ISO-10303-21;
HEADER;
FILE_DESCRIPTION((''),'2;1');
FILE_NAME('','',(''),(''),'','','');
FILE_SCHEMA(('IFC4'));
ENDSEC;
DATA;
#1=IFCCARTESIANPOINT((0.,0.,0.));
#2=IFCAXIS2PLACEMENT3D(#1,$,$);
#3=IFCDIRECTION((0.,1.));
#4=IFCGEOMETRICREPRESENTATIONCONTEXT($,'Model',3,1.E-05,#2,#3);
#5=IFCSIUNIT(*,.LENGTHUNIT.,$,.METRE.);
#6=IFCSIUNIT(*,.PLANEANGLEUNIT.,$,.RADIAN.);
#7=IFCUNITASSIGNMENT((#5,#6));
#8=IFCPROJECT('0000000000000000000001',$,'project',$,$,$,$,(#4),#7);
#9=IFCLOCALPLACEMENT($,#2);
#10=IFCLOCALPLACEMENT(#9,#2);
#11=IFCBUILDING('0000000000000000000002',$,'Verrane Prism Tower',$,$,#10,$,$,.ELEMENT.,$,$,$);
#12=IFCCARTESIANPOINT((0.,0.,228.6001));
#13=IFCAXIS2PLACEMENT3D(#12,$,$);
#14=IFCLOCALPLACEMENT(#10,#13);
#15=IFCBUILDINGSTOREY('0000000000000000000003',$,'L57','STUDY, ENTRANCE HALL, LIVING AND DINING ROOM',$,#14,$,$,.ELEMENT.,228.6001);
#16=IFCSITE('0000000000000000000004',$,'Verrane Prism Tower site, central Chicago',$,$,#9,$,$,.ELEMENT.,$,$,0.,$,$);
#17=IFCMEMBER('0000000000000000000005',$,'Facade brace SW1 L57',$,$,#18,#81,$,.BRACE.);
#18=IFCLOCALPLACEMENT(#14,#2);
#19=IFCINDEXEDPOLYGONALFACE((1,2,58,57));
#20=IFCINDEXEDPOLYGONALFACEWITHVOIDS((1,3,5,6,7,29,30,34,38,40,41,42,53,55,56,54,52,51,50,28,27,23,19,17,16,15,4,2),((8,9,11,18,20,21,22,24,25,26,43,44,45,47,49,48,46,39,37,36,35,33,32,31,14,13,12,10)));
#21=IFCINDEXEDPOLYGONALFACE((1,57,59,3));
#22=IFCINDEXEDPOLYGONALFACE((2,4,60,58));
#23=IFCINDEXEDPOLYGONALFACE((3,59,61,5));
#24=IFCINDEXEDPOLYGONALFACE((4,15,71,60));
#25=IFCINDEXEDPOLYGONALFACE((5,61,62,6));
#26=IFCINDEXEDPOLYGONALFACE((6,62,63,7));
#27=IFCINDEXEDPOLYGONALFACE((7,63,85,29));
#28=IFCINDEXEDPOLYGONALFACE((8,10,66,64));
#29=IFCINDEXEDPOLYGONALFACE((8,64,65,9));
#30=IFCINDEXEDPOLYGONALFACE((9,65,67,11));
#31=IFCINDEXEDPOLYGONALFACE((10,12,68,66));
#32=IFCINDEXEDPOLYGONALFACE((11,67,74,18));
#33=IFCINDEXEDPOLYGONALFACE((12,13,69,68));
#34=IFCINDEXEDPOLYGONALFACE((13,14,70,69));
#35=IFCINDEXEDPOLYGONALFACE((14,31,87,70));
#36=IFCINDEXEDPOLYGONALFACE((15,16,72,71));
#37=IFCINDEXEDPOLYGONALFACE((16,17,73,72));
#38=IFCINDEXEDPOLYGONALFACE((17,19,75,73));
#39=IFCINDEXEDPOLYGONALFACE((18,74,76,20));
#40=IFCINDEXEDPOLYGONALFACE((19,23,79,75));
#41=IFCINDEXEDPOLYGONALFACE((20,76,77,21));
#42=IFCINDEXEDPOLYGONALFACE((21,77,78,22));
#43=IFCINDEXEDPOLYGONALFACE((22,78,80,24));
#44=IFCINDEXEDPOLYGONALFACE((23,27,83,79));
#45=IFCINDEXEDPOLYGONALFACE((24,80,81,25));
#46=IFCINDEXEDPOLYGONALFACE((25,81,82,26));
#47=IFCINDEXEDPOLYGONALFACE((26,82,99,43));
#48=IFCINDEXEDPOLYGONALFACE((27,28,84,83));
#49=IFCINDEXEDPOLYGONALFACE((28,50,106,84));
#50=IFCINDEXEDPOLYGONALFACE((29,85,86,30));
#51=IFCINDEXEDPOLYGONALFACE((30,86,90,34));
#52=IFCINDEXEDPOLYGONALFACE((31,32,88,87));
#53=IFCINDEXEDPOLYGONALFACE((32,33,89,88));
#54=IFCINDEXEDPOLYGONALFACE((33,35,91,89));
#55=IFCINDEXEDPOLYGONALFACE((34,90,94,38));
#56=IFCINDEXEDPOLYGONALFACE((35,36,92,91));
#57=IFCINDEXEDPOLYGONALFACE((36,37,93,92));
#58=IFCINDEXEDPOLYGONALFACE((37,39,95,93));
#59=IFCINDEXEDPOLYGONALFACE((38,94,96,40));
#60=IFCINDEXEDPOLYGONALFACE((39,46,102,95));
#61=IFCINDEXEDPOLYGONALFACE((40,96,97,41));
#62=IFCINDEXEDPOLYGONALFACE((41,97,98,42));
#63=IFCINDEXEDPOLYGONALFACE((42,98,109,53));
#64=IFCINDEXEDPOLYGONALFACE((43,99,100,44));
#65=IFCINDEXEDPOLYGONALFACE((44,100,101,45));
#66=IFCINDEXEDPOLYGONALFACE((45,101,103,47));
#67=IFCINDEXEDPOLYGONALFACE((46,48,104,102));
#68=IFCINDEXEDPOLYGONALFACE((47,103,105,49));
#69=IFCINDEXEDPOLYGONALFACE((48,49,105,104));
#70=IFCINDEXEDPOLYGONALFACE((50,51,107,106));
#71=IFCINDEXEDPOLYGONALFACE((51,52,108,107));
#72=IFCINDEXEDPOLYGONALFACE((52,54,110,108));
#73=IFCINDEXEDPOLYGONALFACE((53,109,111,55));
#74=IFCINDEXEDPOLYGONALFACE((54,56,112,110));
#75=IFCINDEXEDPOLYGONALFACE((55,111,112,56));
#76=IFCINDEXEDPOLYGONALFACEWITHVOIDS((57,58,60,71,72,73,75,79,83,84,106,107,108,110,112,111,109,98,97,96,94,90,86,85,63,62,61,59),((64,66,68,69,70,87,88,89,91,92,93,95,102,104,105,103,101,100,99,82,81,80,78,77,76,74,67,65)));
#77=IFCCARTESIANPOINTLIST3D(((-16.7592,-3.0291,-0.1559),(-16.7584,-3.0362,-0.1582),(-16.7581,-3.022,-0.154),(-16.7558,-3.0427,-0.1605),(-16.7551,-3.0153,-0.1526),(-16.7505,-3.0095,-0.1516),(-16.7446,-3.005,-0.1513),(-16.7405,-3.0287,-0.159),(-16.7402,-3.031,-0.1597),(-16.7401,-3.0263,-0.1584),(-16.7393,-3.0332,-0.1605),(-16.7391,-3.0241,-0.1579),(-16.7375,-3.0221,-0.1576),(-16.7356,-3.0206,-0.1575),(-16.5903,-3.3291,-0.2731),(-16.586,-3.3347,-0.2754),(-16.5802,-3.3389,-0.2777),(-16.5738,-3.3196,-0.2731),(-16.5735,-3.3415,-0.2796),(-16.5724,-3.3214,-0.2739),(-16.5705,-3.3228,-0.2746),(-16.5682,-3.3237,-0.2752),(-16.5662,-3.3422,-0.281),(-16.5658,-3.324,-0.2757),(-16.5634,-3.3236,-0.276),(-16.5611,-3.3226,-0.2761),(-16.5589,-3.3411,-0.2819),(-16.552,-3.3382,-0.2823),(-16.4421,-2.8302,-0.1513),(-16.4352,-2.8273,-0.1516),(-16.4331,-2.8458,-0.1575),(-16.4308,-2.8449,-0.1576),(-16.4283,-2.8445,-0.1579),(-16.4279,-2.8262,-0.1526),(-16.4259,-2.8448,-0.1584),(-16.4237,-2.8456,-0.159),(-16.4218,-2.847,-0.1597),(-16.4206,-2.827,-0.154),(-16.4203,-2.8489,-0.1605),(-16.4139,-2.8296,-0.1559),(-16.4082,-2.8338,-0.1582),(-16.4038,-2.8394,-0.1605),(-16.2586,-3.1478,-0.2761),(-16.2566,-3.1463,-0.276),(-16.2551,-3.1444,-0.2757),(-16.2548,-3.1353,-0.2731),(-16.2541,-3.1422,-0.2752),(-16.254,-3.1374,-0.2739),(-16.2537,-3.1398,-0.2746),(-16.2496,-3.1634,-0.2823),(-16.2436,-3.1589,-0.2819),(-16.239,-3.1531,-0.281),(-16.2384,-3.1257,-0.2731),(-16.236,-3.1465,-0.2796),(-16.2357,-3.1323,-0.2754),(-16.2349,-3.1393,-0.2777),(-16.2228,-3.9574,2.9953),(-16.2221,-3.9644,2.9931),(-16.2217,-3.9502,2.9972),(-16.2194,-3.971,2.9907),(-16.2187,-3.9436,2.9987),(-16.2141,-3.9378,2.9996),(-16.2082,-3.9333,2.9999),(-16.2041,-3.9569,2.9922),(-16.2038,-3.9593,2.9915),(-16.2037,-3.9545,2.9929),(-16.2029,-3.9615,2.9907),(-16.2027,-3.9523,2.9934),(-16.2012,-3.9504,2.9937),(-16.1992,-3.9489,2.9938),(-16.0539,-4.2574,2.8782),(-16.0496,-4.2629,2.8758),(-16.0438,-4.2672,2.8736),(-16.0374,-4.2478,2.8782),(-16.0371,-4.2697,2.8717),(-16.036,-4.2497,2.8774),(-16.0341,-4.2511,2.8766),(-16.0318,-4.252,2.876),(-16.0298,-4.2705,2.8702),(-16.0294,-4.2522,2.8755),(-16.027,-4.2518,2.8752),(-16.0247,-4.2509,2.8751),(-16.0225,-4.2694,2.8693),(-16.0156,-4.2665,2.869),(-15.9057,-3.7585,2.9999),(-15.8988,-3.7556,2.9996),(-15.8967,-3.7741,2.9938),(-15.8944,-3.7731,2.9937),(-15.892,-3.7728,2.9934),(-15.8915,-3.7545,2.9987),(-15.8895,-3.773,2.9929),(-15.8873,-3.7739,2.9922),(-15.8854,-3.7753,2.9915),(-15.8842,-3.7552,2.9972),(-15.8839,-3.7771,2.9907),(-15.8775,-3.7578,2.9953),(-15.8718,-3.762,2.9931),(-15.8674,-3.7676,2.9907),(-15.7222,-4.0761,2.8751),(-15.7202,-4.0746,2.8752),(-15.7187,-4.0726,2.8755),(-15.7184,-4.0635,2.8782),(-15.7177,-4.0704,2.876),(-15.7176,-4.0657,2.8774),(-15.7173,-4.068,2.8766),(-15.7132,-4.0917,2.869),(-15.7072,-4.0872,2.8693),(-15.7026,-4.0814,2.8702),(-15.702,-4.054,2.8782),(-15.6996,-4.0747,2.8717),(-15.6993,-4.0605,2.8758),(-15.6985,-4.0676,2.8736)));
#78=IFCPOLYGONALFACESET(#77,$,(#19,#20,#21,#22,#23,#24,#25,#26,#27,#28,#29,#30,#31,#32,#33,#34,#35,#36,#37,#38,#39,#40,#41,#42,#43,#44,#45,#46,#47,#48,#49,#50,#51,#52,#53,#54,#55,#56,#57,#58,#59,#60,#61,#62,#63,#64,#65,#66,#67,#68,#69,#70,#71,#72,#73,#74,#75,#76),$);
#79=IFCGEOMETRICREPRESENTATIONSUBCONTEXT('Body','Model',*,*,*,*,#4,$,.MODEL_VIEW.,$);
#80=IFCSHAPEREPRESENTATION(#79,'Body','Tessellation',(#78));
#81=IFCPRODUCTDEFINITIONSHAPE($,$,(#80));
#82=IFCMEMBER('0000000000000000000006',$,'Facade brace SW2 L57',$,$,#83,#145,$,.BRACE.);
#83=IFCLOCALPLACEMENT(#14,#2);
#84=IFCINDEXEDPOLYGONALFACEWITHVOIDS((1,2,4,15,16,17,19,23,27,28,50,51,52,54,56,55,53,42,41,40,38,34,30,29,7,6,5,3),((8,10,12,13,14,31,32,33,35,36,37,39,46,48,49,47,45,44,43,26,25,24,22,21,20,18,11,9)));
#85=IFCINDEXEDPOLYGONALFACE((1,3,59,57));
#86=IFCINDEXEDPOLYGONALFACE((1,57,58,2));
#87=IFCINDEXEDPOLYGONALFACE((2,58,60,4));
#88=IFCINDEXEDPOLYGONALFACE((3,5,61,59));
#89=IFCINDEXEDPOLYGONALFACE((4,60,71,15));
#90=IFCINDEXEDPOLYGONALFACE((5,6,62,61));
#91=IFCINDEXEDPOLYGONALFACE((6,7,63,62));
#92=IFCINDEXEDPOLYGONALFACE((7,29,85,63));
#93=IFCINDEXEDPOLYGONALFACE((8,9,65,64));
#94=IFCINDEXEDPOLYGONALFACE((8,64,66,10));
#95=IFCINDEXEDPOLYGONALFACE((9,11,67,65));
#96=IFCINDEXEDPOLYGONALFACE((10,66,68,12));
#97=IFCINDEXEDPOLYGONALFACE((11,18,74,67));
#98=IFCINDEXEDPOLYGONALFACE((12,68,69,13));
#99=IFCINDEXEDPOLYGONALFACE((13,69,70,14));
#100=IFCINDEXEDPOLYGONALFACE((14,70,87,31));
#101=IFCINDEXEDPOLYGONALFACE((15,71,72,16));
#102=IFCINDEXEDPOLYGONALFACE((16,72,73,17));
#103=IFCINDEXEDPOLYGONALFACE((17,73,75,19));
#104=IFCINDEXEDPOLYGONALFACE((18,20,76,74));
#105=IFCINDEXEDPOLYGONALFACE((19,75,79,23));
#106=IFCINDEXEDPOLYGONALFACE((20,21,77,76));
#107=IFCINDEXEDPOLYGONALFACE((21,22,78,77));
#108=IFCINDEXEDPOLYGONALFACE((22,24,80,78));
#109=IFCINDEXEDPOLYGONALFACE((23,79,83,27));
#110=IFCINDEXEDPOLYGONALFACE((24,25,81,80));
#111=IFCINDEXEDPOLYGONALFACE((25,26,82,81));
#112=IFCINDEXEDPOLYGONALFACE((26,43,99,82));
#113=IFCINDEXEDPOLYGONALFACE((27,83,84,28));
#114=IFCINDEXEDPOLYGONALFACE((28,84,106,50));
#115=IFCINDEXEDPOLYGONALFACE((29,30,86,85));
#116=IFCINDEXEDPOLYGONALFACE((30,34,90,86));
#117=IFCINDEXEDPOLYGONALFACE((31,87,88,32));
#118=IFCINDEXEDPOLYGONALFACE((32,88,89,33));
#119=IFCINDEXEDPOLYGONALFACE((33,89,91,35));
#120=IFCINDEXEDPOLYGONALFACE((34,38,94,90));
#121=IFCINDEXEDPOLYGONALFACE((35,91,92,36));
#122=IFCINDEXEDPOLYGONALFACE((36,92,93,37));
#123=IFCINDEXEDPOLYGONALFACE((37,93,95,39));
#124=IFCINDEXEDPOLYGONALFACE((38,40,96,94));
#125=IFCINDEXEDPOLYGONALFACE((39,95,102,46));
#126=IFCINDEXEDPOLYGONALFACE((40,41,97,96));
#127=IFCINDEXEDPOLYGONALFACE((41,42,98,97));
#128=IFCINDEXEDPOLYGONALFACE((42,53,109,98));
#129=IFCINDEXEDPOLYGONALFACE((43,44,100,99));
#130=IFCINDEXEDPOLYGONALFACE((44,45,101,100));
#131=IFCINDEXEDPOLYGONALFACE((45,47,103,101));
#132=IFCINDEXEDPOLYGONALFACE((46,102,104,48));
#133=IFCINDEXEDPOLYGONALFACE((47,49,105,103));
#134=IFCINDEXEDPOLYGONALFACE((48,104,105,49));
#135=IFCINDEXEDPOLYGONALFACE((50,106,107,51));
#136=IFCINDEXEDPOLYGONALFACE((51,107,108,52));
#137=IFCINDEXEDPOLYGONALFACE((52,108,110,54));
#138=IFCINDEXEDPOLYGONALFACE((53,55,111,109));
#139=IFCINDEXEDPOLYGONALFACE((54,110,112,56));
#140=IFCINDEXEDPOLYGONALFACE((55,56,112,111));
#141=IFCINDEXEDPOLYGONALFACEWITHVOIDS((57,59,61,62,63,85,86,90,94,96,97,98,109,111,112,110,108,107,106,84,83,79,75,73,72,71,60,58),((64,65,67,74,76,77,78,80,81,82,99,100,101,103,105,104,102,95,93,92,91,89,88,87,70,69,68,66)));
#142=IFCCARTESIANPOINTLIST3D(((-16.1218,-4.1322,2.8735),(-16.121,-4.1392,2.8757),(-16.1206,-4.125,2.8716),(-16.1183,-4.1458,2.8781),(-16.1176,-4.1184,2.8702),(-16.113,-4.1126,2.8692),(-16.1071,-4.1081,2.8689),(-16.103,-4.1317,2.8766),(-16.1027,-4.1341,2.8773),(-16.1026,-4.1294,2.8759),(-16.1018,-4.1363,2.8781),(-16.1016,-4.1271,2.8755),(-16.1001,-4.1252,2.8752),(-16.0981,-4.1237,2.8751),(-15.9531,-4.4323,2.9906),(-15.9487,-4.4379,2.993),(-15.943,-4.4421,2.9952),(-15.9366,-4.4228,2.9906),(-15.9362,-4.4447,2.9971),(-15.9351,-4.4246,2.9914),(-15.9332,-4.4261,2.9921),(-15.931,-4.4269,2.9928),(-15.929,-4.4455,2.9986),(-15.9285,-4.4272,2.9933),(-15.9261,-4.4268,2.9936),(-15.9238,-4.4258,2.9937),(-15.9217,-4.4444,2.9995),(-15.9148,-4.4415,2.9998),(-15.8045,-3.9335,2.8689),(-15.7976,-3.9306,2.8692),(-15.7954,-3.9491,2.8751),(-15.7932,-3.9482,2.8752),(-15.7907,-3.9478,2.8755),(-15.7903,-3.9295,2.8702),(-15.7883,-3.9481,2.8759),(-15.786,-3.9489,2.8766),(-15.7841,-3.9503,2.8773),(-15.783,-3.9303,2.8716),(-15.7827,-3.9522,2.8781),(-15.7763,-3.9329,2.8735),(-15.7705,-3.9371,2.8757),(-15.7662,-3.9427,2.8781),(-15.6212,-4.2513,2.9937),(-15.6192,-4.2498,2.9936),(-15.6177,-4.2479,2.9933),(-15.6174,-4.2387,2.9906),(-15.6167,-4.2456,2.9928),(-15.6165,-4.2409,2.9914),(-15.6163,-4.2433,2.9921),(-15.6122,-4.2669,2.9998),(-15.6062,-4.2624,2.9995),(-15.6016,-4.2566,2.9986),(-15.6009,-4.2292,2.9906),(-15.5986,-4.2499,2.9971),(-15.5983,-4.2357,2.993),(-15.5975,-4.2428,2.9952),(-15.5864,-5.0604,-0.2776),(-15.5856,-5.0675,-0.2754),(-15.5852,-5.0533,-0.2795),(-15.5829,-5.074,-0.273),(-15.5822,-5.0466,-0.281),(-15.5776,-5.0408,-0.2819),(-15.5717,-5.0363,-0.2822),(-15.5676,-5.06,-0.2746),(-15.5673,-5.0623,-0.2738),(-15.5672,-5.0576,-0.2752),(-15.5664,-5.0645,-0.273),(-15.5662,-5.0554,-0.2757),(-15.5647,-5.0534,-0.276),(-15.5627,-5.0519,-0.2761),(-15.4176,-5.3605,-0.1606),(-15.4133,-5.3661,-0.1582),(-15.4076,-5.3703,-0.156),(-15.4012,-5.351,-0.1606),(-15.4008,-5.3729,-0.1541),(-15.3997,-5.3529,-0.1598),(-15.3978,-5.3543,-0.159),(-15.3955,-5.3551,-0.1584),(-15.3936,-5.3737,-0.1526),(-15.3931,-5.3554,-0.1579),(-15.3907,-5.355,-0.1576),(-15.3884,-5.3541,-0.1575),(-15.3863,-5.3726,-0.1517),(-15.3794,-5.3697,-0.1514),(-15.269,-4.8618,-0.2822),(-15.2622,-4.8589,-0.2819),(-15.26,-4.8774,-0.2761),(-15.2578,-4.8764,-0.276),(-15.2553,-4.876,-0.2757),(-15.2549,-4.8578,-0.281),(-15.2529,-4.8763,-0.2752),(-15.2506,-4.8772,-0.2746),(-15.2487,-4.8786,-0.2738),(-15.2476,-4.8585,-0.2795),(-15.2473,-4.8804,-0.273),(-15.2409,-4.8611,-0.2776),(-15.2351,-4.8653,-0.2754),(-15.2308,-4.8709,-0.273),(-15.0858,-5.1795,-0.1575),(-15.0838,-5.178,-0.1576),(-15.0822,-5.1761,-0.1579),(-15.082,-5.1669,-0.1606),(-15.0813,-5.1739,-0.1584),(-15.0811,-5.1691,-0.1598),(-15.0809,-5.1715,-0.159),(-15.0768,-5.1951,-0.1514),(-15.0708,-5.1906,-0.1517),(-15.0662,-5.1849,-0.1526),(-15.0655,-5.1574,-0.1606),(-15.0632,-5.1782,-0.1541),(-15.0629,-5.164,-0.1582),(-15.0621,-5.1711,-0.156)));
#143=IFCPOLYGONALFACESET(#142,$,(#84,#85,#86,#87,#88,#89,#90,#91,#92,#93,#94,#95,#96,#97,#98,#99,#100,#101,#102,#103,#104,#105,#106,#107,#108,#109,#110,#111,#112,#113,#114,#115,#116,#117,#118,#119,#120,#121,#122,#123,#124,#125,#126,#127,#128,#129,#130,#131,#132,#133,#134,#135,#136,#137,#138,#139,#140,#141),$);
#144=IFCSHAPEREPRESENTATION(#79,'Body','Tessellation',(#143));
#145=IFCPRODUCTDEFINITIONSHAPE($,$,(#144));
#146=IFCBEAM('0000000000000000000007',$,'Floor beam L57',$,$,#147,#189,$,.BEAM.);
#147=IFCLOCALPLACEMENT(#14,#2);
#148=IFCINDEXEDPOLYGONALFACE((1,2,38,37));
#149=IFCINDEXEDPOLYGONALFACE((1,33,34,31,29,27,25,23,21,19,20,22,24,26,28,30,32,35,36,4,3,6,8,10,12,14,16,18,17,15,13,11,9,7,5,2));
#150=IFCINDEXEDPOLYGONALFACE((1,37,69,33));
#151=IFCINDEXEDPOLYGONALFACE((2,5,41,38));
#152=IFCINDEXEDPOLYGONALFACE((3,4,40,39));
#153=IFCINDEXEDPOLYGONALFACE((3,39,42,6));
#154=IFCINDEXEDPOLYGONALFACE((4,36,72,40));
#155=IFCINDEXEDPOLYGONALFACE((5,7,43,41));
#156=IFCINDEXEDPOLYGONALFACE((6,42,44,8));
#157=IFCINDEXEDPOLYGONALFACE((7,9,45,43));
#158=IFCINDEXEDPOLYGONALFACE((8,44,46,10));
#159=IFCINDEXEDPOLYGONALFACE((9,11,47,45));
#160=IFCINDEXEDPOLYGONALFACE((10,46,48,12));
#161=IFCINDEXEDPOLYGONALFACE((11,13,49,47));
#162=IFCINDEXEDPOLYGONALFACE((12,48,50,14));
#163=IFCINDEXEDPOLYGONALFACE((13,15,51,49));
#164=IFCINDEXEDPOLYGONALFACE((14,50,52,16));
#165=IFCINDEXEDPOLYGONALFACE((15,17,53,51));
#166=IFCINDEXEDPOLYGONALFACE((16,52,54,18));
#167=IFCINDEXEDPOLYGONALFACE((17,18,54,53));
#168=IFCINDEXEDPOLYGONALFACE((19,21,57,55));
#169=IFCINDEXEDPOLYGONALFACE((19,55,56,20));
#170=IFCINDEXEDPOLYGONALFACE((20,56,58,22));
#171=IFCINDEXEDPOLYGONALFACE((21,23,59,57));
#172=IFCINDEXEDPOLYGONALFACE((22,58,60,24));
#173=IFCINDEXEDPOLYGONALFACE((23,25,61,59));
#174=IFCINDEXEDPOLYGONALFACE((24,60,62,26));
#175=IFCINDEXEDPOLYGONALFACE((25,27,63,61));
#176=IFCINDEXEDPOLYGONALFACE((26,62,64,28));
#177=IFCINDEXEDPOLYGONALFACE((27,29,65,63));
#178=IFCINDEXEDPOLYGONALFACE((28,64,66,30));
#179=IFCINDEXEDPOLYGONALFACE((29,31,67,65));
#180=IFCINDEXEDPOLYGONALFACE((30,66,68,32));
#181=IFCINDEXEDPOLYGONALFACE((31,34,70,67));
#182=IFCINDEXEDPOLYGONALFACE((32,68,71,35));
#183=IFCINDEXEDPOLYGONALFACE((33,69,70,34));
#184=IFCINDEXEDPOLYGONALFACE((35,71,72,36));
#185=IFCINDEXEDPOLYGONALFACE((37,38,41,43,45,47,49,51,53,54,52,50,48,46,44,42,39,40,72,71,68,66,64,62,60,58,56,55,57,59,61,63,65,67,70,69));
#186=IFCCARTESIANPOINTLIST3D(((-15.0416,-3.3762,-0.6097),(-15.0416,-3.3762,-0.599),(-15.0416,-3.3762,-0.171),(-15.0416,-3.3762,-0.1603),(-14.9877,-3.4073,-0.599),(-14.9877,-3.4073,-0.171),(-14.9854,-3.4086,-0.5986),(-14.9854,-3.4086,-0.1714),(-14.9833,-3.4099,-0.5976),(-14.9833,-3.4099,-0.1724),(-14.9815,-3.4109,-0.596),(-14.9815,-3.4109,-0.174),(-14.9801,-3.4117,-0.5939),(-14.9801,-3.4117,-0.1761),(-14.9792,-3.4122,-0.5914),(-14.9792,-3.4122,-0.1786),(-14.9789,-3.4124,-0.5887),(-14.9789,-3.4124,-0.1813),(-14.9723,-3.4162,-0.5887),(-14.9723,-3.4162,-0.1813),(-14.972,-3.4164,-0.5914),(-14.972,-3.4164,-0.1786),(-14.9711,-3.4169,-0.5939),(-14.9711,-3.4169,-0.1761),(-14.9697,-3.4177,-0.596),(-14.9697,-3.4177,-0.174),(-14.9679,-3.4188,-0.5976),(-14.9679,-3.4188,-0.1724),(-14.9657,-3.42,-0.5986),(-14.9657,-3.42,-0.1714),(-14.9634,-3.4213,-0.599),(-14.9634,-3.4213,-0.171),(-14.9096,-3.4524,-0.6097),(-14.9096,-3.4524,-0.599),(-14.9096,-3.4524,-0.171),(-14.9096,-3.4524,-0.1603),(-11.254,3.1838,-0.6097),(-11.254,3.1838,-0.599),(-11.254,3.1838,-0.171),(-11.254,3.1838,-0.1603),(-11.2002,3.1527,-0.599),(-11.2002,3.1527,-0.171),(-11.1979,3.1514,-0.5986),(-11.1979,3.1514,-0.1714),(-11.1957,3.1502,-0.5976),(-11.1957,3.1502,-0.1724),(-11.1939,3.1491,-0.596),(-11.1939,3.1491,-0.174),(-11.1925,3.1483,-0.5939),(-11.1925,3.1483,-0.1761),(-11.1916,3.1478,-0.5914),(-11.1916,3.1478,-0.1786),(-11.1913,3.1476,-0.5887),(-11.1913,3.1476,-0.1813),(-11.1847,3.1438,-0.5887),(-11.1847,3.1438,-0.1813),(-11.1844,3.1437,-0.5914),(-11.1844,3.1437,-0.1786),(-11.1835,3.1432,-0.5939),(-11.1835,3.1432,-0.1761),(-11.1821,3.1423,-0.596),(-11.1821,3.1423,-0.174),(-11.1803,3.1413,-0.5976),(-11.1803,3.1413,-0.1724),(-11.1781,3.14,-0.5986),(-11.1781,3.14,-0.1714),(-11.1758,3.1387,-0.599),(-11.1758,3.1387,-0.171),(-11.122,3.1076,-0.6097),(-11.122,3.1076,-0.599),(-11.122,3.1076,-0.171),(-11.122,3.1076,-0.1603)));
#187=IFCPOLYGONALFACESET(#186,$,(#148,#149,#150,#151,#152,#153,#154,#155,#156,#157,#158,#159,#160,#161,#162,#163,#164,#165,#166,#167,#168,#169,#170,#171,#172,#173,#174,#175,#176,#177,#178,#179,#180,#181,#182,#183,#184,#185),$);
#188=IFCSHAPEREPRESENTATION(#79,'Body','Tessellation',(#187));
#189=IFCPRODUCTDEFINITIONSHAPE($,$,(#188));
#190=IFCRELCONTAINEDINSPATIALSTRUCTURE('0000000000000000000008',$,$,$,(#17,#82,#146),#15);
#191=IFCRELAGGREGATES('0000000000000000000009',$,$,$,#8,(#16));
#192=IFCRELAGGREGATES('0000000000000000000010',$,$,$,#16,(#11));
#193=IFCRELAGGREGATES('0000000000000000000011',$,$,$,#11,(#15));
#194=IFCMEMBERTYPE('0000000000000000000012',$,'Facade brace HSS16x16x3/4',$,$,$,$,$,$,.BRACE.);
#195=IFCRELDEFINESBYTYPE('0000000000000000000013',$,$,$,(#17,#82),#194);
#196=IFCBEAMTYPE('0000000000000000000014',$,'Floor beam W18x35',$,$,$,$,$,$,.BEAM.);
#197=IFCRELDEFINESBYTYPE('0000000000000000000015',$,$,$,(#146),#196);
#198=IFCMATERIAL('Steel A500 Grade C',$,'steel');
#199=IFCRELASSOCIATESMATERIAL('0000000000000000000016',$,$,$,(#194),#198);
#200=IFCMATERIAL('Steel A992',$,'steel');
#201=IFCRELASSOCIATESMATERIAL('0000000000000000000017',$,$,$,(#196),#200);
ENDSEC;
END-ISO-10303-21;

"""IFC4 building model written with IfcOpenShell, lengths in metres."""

from ifc_helpers import new_model, si_unit, direction, frame, origin, origin_2d, place, context, subcontext, project, spatial, hollow_rectangle, i_section, extrude, material, material_profile, profile_set, type_object, element, save


model = new_model("IFC4")

# Units and contexts
model_context = context("Model", 3, precision=1e-05, world=origin(), true_north=direction((0.0, 1.0)))
body_context = subcontext(model_context, "Body", "Model", "MODEL_VIEW")
ifc_project = project(units=[si_unit("LENGTHUNIT", "METRE"), si_unit("PLANEANGLEUNIT", "RADIAN")], contexts=[model_context])

# Site, building, storey
site_placement = place(None, origin())
site = spatial("IfcSite", under=ifc_project, at=site_placement, Name="Verrane Prism Tower site, central Chicago", CompositionType="ELEMENT", RefElevation=0.0)
building_placement = place(site_placement, origin())
building = spatial("IfcBuilding", under=site, at=building_placement, Name="Verrane Prism Tower", CompositionType="ELEMENT")
storey_placement = place(building_placement, frame((0.0, 0.0, 228.6001)))
storey = spatial("IfcBuildingStorey", under=building, at=storey_placement, Name="L57", Description="STUDY, ENTRANCE HALL, LIVING AND DINING ROOM", CompositionType="ELEMENT", Elevation=228.6001)

# Members
ifc_material_1 = material(Name="Steel A500 Grade C", Category="steel")
ifc_material_profile_1 = material_profile(ifc_material_1, hollow_rectangle(XDim=0.4065, YDim=0.4065, WallThickness=0.019, InnerFilletRadius=0.0095, OuterFilletRadius=0.0286, at=origin_2d()), Name="HSS16x16x3/4")
ifc_profile_set_1 = profile_set([ifc_material_profile_1], Name="Steel A500 Grade C")
member_type_1 = type_object("IfcMemberType", Name="Facade brace HSS16x16x3/4", PredefinedType="BRACE", material=ifc_profile_set_1)
member_1_placement = place(storey_placement, frame((-16.4971, -3.0842, -0.2168), z_axis=(0.161147, -0.278872, 0.946711), x_axis=(0.865837, 0.500327, 0.0)))
element("IfcMember", 1, at=member_1_placement, inside=storey, type_object=member_type_1, Name="Facade brace SW1 L57", PredefinedType="BRACE", context=body_context, shape_type="SweptSolid", body=[
    extrude(hollow_rectangle(XDim=0.4065, YDim=0.4065, WallThickness=0.019, InnerFilletRadius=0.0095, OuterFilletRadius=0.0286, at=origin_2d()), origin(), (0.0, 0.0, 1.0), 3.3286),
])
member_2_placement = place(storey_placement, frame((-15.3242, -5.1157, -0.2168), z_axis=(-0.160861, 0.278885, 0.946756), x_axis=(-0.866231, -0.499644, 0.0)))
element("IfcMember", 2, at=member_2_placement, inside=storey, type_object=member_type_1, Name="Facade brace SW2 L57", PredefinedType="BRACE", context=body_context, shape_type="SweptSolid", body=[
    extrude(hollow_rectangle(XDim=0.4065, YDim=0.4065, WallThickness=0.019, InnerFilletRadius=0.0095, OuterFilletRadius=0.0286, at=origin_2d()), origin(), (0.0, 0.0, 1.0), 3.3284),
])

# Beam
ifc_material_2 = material(Name="Steel A992", Category="steel")
ifc_material_profile_2 = material_profile(ifc_material_2, i_section(OverallWidth=0.1523, OverallDepth=0.4495, WebThickness=0.0076, FlangeThickness=0.0107, FilletRadius=0.0103, at=origin_2d()), Name="W18x35")
ifc_profile_set_2 = profile_set([ifc_material_profile_2], Name="Steel A992")
beam_type_1 = type_object("IfcBeamType", Name="Floor beam W18x35", PredefinedType="BEAM", material=ifc_profile_set_2)
beam_1_placement = place(storey_placement, frame((-14.9756, -3.4143, -0.385), z_axis=(0.500014, 0.866017, 0.0), x_axis=(-0.866017, 0.500014, 0.0)))
element("IfcBeam", 3, at=beam_1_placement, inside=storey, type_object=beam_type_1, Name="Floor beam L57", PredefinedType="BEAM", context=body_context, shape_type="SweptSolid", body=[
    extrude(i_section(OverallWidth=0.1523, OverallDepth=0.4495, WebThickness=0.0076, FlangeThickness=0.0107, FilletRadius=0.0103, at=origin_2d()), origin(), (0.0, 0.0, 1.0), 7.575),
])

save(model, "model.ifc")
